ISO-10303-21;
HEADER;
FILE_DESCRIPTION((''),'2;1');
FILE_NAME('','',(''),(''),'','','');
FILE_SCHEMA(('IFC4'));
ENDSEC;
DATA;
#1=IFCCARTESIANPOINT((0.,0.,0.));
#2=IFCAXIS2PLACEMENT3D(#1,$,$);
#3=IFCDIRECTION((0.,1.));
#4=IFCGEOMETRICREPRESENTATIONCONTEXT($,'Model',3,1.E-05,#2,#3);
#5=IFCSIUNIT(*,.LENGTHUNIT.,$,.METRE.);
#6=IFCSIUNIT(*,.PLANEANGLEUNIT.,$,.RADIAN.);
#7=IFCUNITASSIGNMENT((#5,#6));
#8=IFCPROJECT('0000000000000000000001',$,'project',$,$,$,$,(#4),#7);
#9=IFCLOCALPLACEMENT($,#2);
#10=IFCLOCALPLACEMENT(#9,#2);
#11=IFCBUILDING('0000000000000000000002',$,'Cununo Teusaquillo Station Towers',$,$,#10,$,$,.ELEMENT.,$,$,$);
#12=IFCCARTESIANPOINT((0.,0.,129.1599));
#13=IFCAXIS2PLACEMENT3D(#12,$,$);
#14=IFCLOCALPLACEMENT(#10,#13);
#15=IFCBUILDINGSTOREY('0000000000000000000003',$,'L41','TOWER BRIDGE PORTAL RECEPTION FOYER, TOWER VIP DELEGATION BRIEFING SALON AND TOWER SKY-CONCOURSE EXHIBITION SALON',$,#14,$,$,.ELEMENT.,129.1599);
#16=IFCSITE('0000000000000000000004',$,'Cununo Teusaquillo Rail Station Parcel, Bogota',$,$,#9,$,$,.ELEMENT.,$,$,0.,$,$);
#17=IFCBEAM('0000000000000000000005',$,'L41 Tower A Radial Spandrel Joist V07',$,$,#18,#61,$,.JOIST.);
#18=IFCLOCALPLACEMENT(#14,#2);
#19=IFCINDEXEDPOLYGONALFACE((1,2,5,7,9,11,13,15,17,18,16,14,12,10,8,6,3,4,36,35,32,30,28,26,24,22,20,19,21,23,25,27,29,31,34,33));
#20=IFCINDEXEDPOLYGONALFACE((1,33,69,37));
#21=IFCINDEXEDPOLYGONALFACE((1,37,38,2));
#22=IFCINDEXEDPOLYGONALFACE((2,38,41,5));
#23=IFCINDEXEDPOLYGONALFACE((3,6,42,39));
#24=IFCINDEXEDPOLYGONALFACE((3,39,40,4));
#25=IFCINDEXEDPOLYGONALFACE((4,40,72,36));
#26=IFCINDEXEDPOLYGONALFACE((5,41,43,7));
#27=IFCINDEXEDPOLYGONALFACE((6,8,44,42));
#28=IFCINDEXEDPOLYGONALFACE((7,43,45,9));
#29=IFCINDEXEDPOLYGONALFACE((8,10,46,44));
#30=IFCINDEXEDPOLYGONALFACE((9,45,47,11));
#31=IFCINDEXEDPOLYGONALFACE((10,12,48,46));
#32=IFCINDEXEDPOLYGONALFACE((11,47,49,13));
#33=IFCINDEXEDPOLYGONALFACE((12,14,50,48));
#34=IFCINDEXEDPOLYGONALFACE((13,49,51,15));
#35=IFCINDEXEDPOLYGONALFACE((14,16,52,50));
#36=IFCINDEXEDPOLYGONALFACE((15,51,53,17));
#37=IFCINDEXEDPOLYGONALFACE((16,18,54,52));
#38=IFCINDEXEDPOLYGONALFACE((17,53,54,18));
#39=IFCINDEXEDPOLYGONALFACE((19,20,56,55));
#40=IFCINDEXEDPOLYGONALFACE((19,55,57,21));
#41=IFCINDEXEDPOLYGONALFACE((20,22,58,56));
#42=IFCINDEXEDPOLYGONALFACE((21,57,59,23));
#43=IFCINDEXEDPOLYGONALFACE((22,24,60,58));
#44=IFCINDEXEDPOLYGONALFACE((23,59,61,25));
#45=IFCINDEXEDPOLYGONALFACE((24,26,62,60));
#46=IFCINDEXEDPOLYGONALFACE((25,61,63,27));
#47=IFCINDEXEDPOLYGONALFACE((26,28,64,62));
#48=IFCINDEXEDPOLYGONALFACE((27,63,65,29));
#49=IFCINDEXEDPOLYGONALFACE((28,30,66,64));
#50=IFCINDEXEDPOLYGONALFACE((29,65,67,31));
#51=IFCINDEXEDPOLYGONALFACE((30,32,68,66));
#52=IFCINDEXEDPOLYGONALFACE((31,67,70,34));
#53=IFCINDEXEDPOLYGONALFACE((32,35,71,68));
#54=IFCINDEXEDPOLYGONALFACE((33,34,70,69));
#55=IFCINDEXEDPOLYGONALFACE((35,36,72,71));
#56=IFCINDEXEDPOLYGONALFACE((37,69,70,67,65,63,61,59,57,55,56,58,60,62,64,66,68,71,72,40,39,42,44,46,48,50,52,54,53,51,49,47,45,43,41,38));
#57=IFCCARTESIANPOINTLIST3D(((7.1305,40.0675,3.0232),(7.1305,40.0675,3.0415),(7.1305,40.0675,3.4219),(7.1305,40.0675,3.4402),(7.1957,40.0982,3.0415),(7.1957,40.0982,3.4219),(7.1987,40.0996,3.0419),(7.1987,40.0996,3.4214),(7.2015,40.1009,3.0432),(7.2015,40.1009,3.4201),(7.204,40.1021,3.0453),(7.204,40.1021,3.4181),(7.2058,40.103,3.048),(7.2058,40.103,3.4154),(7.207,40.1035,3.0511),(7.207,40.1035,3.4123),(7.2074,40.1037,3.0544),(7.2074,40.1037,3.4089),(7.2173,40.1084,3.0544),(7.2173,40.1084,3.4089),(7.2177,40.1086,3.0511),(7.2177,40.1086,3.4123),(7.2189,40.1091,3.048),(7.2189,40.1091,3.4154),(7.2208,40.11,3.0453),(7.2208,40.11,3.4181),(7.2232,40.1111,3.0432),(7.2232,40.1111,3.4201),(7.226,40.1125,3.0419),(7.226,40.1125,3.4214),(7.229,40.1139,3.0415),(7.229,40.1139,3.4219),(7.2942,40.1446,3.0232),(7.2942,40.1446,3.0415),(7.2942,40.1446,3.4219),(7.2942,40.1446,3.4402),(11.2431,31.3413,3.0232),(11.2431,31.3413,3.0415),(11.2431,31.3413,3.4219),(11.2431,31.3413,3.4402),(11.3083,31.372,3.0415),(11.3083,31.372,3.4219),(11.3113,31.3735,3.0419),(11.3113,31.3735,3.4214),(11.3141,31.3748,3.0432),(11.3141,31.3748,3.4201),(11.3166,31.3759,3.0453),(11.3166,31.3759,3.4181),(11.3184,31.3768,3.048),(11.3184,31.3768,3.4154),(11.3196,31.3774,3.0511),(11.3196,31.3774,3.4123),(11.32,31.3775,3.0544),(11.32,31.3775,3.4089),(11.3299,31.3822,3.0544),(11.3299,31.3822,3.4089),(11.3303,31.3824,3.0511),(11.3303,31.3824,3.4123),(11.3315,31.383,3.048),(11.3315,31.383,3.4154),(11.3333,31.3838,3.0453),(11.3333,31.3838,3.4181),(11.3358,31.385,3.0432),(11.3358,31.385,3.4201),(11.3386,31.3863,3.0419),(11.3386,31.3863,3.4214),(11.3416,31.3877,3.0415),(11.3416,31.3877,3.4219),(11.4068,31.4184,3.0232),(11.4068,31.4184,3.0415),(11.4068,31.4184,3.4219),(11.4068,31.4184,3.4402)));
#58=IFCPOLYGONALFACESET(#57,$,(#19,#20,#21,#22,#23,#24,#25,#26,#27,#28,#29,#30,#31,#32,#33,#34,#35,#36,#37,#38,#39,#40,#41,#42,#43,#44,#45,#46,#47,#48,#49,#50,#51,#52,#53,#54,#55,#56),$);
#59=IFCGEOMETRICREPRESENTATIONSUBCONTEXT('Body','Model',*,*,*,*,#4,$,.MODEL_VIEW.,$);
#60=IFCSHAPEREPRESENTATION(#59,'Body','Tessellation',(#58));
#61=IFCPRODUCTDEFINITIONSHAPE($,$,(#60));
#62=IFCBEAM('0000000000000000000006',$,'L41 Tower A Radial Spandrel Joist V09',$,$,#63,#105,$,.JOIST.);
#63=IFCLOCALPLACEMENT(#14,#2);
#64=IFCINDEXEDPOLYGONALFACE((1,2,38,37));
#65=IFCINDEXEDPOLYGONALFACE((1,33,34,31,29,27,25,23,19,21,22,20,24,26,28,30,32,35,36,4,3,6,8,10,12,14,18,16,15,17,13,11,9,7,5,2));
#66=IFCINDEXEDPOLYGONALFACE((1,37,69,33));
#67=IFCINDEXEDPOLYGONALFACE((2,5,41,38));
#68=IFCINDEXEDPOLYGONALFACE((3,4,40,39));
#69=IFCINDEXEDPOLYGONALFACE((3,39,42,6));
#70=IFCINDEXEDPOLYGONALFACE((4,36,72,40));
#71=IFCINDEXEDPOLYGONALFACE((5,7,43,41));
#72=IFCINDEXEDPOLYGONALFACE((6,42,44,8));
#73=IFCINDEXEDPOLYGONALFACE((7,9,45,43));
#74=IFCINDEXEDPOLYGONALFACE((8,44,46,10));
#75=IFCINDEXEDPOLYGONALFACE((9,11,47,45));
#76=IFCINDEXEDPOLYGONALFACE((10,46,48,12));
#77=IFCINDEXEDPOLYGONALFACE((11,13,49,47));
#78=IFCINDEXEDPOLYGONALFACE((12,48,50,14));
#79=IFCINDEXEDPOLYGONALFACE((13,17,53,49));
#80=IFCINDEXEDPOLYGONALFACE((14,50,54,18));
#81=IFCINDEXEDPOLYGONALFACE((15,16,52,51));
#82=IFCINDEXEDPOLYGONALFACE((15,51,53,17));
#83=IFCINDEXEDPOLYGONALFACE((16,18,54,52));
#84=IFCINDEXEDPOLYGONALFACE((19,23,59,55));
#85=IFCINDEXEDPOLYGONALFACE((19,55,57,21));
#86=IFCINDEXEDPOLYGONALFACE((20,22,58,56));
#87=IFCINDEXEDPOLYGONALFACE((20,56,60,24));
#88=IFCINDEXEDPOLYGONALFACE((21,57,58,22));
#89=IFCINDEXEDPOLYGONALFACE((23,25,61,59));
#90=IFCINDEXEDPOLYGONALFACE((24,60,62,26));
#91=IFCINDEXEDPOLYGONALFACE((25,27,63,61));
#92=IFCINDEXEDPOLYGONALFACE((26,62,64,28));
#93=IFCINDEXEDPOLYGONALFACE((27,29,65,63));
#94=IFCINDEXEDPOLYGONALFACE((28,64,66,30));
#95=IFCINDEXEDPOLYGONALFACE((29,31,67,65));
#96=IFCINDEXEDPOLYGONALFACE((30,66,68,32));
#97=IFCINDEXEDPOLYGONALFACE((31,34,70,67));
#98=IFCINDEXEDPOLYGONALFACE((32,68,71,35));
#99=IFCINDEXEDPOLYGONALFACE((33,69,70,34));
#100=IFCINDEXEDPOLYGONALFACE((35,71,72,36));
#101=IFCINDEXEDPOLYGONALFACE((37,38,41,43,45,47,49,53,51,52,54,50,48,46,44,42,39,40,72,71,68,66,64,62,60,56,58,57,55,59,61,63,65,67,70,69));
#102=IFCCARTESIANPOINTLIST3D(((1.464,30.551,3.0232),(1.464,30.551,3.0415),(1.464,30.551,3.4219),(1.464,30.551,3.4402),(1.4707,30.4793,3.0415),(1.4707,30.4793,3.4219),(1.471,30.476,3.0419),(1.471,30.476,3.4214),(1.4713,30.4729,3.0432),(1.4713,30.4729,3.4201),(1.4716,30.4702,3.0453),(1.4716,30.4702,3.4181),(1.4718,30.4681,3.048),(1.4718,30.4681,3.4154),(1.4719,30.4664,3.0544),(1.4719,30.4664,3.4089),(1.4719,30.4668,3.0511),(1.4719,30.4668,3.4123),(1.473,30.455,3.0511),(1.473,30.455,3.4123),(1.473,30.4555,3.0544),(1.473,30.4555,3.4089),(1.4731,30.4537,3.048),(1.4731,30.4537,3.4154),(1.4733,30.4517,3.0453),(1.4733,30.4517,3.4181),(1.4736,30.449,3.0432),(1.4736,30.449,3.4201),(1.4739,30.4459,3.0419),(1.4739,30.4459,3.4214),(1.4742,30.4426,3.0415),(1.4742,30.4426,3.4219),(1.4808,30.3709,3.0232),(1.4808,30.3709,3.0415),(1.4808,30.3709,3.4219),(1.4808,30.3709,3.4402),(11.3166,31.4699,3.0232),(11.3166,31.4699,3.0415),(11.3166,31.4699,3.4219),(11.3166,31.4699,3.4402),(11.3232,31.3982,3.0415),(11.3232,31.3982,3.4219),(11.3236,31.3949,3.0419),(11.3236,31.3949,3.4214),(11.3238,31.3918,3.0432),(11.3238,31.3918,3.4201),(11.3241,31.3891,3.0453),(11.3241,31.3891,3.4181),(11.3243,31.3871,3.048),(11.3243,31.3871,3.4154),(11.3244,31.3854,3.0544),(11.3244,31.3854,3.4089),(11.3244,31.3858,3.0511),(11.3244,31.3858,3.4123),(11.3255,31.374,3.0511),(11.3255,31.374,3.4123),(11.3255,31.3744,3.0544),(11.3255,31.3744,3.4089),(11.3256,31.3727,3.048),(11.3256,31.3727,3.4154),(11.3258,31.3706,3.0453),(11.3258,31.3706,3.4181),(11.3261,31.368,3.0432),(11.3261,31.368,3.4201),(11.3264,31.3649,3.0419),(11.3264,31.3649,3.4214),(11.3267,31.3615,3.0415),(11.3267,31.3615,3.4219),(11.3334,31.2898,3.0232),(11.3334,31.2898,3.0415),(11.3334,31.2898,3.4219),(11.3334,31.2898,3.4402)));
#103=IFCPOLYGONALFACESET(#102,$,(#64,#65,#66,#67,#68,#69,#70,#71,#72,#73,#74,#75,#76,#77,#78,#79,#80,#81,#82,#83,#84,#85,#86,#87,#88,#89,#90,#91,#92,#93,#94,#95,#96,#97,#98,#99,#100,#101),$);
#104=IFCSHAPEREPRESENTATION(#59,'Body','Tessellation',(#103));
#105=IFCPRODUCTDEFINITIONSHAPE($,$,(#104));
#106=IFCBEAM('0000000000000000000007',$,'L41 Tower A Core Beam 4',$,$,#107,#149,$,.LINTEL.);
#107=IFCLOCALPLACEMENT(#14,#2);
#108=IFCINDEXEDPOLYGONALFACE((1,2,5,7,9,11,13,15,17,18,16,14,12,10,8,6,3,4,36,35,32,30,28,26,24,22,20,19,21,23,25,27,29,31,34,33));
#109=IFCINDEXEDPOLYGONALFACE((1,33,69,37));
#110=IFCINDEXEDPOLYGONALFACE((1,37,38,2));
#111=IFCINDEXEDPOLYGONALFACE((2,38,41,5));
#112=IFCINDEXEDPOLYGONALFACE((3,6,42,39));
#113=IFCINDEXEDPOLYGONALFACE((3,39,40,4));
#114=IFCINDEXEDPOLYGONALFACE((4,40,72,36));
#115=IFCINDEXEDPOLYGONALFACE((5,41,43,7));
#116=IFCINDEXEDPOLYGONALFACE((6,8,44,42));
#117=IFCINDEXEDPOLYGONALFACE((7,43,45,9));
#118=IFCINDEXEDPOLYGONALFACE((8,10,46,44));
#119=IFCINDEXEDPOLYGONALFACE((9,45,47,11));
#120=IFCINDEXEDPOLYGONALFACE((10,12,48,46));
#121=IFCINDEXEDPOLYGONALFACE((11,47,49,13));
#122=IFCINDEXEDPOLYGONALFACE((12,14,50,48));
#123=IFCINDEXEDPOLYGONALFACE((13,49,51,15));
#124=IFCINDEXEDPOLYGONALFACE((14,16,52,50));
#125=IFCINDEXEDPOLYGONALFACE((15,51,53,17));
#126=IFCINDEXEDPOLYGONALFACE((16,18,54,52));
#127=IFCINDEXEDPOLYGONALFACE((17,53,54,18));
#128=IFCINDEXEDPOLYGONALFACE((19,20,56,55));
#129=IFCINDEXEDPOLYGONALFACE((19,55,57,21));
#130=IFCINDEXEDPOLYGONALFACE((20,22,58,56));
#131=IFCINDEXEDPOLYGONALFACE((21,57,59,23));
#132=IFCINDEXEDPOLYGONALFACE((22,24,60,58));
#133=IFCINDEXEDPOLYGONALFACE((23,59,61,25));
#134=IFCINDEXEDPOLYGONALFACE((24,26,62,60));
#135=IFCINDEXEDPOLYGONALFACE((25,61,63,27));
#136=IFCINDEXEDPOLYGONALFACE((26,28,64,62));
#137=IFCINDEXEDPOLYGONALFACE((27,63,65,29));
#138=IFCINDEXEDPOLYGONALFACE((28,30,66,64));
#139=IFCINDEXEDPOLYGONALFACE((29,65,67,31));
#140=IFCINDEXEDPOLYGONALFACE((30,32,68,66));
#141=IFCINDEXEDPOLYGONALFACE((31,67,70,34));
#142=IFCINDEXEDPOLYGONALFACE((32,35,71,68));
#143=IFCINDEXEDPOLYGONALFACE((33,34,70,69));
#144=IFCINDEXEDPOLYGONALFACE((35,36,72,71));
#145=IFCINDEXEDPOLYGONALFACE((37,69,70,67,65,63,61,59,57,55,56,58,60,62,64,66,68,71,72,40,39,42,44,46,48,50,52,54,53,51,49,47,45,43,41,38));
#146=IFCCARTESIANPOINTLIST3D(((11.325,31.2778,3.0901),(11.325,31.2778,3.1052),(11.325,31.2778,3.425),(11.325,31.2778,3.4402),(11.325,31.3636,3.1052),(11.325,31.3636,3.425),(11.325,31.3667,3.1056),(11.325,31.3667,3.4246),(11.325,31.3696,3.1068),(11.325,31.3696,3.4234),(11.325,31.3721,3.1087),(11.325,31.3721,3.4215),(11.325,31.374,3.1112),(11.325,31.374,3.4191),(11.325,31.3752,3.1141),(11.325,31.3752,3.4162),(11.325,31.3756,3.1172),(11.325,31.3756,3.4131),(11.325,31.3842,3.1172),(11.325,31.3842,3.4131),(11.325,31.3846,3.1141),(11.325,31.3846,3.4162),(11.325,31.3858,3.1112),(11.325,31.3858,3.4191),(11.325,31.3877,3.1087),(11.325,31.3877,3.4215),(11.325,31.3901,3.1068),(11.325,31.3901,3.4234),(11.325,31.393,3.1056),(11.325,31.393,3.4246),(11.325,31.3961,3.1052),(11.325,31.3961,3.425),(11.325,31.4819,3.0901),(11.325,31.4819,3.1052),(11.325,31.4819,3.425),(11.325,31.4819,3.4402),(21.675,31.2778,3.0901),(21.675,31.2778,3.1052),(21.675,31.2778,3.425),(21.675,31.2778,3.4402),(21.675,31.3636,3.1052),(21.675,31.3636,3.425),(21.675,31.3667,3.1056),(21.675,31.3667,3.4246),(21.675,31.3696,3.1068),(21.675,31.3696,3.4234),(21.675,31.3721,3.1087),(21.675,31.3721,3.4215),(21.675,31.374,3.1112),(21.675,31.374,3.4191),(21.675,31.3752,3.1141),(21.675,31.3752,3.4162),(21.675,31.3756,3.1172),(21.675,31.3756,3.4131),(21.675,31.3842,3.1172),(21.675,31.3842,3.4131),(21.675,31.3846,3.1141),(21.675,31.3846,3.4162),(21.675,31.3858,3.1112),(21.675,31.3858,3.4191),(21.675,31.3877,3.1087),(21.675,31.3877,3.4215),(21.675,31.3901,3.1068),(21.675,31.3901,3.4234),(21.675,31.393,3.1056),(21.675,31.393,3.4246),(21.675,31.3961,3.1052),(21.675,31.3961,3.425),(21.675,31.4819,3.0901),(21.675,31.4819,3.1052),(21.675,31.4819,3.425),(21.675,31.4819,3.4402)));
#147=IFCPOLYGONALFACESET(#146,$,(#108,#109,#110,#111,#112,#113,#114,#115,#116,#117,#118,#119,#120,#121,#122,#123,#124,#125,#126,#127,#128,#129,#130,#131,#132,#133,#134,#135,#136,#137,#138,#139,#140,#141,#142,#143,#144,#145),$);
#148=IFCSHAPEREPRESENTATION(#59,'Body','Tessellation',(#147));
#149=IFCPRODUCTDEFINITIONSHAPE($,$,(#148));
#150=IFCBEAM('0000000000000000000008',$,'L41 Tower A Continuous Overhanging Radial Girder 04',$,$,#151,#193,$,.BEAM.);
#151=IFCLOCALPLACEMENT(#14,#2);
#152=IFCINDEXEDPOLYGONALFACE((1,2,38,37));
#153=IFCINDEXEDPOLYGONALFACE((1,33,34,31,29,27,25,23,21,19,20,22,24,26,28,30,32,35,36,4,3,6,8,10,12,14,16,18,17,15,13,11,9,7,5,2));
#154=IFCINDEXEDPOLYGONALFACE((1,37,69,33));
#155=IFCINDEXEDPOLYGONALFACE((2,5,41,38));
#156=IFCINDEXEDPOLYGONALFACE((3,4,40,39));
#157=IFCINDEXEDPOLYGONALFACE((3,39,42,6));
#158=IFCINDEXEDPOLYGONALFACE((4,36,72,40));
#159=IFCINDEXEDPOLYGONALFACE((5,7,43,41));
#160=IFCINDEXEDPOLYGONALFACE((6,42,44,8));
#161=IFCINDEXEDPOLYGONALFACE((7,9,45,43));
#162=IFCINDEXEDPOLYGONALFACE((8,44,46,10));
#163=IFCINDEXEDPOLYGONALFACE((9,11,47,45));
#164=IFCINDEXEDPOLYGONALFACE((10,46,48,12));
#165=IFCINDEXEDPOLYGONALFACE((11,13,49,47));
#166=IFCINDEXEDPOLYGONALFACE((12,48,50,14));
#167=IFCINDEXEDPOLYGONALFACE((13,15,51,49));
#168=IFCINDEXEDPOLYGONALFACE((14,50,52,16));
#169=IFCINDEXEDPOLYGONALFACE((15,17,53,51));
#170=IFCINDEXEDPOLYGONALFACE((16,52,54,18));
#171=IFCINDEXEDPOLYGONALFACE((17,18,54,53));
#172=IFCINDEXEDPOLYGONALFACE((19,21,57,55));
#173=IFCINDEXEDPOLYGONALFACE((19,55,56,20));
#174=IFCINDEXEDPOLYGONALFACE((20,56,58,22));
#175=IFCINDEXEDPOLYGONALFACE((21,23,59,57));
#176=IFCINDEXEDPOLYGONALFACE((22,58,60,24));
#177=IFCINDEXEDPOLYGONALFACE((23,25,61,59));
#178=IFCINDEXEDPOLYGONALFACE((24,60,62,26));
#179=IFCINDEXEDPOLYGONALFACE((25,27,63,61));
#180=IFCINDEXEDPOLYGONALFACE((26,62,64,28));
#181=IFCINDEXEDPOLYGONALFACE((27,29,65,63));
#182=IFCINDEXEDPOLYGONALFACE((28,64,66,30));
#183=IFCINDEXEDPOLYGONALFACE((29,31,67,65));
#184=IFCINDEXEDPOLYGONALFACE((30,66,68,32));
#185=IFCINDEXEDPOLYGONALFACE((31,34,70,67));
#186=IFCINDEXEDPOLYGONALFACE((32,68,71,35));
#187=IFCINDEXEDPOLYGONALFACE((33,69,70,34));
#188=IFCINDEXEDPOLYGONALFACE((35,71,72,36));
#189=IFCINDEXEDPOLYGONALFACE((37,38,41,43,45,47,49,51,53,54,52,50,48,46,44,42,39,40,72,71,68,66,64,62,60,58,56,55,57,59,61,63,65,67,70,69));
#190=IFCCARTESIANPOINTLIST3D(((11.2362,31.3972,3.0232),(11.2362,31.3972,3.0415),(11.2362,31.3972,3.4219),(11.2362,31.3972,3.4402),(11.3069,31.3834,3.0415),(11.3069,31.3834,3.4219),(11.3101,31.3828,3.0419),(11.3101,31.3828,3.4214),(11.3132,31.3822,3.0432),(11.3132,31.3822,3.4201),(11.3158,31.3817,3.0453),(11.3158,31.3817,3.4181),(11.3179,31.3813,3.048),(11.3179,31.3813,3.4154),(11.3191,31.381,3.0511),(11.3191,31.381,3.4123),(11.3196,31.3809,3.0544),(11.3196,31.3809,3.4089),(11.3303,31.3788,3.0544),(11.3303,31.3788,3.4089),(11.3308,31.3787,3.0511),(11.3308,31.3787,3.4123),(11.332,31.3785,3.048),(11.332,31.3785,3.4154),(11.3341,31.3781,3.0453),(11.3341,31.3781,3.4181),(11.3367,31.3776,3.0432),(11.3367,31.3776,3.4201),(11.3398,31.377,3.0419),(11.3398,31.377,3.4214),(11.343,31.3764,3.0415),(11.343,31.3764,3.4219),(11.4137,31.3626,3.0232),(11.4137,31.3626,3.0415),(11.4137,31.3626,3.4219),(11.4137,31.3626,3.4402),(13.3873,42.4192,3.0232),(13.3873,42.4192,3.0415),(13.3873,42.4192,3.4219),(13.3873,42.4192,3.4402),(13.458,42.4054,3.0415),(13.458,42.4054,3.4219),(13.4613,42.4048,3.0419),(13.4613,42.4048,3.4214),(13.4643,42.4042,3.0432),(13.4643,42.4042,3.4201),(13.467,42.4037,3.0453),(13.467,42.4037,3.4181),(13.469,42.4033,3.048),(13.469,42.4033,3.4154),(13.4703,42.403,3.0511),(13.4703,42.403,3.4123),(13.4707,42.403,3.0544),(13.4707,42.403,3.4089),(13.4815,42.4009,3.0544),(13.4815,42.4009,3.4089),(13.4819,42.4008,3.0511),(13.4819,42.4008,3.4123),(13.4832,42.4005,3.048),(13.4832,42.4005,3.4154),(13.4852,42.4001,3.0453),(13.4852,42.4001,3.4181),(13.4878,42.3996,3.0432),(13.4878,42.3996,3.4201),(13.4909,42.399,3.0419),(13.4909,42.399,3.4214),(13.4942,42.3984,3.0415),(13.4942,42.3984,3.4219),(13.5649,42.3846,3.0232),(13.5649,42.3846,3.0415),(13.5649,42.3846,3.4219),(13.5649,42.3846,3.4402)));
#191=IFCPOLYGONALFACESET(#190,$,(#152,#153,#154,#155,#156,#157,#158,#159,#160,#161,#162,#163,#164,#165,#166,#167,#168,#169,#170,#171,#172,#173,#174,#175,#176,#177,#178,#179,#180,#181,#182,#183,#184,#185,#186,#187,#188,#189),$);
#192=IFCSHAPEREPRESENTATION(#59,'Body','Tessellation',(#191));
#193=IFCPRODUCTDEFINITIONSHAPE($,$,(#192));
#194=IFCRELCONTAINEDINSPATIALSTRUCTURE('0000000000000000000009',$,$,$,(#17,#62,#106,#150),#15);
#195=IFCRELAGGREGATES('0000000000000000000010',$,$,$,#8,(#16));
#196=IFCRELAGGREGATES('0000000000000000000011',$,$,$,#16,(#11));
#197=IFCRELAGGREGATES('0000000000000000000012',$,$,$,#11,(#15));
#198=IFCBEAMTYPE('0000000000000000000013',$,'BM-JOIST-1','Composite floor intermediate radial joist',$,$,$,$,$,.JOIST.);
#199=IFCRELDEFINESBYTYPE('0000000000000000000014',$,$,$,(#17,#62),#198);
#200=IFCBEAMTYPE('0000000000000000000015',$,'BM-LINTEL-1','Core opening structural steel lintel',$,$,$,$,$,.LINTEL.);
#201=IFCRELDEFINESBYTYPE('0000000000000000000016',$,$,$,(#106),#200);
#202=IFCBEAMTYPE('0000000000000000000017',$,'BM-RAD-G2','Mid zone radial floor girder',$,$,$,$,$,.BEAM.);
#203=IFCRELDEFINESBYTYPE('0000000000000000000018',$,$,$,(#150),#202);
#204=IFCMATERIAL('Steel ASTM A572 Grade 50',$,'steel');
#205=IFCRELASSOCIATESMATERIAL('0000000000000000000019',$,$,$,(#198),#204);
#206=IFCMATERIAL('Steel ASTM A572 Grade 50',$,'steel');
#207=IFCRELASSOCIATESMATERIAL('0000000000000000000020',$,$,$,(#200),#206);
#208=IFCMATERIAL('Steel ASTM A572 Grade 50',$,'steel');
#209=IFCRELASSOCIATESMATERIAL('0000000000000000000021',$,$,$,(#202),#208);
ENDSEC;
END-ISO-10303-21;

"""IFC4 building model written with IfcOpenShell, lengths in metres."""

from ifc_helpers import new_model, si_unit, direction, frame, origin, origin_2d, place, context, subcontext, project, spatial, i_section, extrude, material, material_profile, profile_set, type_object, element, save


model = new_model("IFC4")

# Units and contexts
model_context = context("Model", 3, precision=1e-05, world=origin(), true_north=direction((0.0, 1.0)))
body_context = subcontext(model_context, "Body", "Model", "MODEL_VIEW")
ifc_project = project(units=[si_unit("LENGTHUNIT", "METRE"), si_unit("PLANEANGLEUNIT", "RADIAN")], contexts=[model_context])

# Site, building, storey
site_placement = place(None, origin())
site = spatial("IfcSite", under=ifc_project, at=site_placement, Name="Cununo Teusaquillo Rail Station Parcel, Bogota", CompositionType="ELEMENT", RefElevation=0.0)
building_placement = place(site_placement, origin())
building = spatial("IfcBuilding", under=site, at=building_placement, Name="Cununo Teusaquillo Station Towers", CompositionType="ELEMENT")
storey_placement = place(building_placement, frame((0.0, 0.0, 129.1599)))
storey = spatial("IfcBuildingStorey", under=building, at=storey_placement, Name="L41", Description="TOWER BRIDGE PORTAL RECEPTION FOYER, TOWER VIP DELEGATION BRIEFING SALON AND TOWER SKY-CONCOURSE EXHIBITION SALON", CompositionType="ELEMENT", Elevation=129.1599)

# Beams
ifc_material_1 = material(Name="Steel ASTM A572 Grade 50", Category="steel")
ifc_material_profile_1 = material_profile(ifc_material_1, i_section(OverallWidth=0.1809, OverallDepth=0.417, WebThickness=0.011, FlangeThickness=0.0183, FilletRadius=0.0129, at=origin_2d()), Name="W16X57")
ifc_profile_set_1 = profile_set([ifc_material_profile_1], Name="Steel ASTM A572 Grade 50")
beam_type_1 = type_object("IfcBeamType", Name="BM-JOIST-1", Description="Composite floor intermediate radial joist", PredefinedType="JOIST", material=ifc_profile_set_1)
beam_1_placement = place(storey_placement, frame((11.325, 31.3799, 3.2317), z_axis=(-0.42632, 0.904572, 0.0), x_axis=(-0.904572, -0.42632, 0.0)))
element("IfcBeam", 1, at=beam_1_placement, inside=storey, type_object=beam_type_1, Name="L41 Tower A Radial Spandrel Joist V07", PredefinedType="JOIST", context=body_context, shape_type="SweptSolid", body=[
    extrude(i_section(OverallWidth=0.1809, OverallDepth=0.417, WebThickness=0.011, FlangeThickness=0.0183, FilletRadius=0.0129, at=origin_2d()), origin(), (0.0, 0.0, 1.0), 9.6467),
])
beam_2_placement = place(storey_placement, frame((11.325, 31.3799, 3.2317), z_axis=(-0.995679, -0.092867, 0.0), x_axis=(0.092867, -0.995679, 0.0)))
element("IfcBeam", 2, at=beam_2_placement, inside=storey, type_object=beam_type_1, Name="L41 Tower A Radial Spandrel Joist V09", PredefinedType="JOIST", context=body_context, shape_type="SweptSolid", body=[
    extrude(i_section(OverallWidth=0.1809, OverallDepth=0.417, WebThickness=0.011, FlangeThickness=0.0183, FilletRadius=0.0129, at=origin_2d()), origin(), (0.0, 0.0, 1.0), 9.8953),
])
ifc_material_2 = material(Name="Steel ASTM A572 Grade 50", Category="steel")
ifc_material_profile_2 = material_profile(ifc_material_2, i_section(OverallWidth=0.2041, OverallDepth=0.3501, WebThickness=0.0085, FlangeThickness=0.0151, FilletRadius=0.012, at=origin_2d()), Name="W14X48")
ifc_profile_set_2 = profile_set([ifc_material_profile_2], Name="Steel ASTM A572 Grade 50")
beam_type_2 = type_object("IfcBeamType", Name="BM-LINTEL-1", Description="Core opening structural steel lintel", PredefinedType="LINTEL", material=ifc_profile_set_2)
beam_3_placement = place(storey_placement, frame((11.325, 31.3799, 3.2651), z_axis=(1.0, 0.0, 0.0), x_axis=(0.0, 1.0, 0.0)))
element("IfcBeam", 3, at=beam_3_placement, inside=storey, type_object=beam_type_2, Name="L41 Tower A Core Beam 4", PredefinedType="LINTEL", context=body_context, shape_type="SweptSolid", body=[
    extrude(i_section(OverallWidth=0.2041, OverallDepth=0.3501, WebThickness=0.0085, FlangeThickness=0.0151, FilletRadius=0.012, at=origin_2d()), origin(), (0.0, 0.0, 1.0), 10.3501),
])
ifc_material_3 = material(Name="Steel ASTM A572 Grade 50", Category="steel")
ifc_material_profile_3 = material_profile(ifc_material_3, i_section(OverallWidth=0.1809, OverallDepth=0.417, WebThickness=0.011, FlangeThickness=0.0183, FilletRadius=0.0129, at=origin_2d()), Name="W16X57")
ifc_profile_set_3 = profile_set([ifc_material_profile_3], Name="Steel ASTM A572 Grade 50")
beam_type_3 = type_object("IfcBeamType", Name="BM-RAD-G2", Description="Mid zone radial floor girder", PredefinedType="BEAM", material=ifc_profile_set_3)
beam_4_placement = place(storey_placement, frame((11.325, 31.3799, 3.2317), z_axis=(0.191553, 0.981482, 0.0), x_axis=(-0.981482, 0.191553, 0.0)))
element("IfcBeam", 4, at=beam_4_placement, inside=storey, type_object=beam_type_3, Name="L41 Tower A Continuous Overhanging Radial Girder 04", PredefinedType="BEAM", context=body_context, shape_type="SweptSolid", body=[
    extrude(i_section(OverallWidth=0.1809, OverallDepth=0.417, WebThickness=0.011, FlangeThickness=0.0183, FilletRadius=0.0129, at=origin_2d()), origin(), (0.0, 0.0, 1.0), 11.23),
])

save(model, "model.ifc")
